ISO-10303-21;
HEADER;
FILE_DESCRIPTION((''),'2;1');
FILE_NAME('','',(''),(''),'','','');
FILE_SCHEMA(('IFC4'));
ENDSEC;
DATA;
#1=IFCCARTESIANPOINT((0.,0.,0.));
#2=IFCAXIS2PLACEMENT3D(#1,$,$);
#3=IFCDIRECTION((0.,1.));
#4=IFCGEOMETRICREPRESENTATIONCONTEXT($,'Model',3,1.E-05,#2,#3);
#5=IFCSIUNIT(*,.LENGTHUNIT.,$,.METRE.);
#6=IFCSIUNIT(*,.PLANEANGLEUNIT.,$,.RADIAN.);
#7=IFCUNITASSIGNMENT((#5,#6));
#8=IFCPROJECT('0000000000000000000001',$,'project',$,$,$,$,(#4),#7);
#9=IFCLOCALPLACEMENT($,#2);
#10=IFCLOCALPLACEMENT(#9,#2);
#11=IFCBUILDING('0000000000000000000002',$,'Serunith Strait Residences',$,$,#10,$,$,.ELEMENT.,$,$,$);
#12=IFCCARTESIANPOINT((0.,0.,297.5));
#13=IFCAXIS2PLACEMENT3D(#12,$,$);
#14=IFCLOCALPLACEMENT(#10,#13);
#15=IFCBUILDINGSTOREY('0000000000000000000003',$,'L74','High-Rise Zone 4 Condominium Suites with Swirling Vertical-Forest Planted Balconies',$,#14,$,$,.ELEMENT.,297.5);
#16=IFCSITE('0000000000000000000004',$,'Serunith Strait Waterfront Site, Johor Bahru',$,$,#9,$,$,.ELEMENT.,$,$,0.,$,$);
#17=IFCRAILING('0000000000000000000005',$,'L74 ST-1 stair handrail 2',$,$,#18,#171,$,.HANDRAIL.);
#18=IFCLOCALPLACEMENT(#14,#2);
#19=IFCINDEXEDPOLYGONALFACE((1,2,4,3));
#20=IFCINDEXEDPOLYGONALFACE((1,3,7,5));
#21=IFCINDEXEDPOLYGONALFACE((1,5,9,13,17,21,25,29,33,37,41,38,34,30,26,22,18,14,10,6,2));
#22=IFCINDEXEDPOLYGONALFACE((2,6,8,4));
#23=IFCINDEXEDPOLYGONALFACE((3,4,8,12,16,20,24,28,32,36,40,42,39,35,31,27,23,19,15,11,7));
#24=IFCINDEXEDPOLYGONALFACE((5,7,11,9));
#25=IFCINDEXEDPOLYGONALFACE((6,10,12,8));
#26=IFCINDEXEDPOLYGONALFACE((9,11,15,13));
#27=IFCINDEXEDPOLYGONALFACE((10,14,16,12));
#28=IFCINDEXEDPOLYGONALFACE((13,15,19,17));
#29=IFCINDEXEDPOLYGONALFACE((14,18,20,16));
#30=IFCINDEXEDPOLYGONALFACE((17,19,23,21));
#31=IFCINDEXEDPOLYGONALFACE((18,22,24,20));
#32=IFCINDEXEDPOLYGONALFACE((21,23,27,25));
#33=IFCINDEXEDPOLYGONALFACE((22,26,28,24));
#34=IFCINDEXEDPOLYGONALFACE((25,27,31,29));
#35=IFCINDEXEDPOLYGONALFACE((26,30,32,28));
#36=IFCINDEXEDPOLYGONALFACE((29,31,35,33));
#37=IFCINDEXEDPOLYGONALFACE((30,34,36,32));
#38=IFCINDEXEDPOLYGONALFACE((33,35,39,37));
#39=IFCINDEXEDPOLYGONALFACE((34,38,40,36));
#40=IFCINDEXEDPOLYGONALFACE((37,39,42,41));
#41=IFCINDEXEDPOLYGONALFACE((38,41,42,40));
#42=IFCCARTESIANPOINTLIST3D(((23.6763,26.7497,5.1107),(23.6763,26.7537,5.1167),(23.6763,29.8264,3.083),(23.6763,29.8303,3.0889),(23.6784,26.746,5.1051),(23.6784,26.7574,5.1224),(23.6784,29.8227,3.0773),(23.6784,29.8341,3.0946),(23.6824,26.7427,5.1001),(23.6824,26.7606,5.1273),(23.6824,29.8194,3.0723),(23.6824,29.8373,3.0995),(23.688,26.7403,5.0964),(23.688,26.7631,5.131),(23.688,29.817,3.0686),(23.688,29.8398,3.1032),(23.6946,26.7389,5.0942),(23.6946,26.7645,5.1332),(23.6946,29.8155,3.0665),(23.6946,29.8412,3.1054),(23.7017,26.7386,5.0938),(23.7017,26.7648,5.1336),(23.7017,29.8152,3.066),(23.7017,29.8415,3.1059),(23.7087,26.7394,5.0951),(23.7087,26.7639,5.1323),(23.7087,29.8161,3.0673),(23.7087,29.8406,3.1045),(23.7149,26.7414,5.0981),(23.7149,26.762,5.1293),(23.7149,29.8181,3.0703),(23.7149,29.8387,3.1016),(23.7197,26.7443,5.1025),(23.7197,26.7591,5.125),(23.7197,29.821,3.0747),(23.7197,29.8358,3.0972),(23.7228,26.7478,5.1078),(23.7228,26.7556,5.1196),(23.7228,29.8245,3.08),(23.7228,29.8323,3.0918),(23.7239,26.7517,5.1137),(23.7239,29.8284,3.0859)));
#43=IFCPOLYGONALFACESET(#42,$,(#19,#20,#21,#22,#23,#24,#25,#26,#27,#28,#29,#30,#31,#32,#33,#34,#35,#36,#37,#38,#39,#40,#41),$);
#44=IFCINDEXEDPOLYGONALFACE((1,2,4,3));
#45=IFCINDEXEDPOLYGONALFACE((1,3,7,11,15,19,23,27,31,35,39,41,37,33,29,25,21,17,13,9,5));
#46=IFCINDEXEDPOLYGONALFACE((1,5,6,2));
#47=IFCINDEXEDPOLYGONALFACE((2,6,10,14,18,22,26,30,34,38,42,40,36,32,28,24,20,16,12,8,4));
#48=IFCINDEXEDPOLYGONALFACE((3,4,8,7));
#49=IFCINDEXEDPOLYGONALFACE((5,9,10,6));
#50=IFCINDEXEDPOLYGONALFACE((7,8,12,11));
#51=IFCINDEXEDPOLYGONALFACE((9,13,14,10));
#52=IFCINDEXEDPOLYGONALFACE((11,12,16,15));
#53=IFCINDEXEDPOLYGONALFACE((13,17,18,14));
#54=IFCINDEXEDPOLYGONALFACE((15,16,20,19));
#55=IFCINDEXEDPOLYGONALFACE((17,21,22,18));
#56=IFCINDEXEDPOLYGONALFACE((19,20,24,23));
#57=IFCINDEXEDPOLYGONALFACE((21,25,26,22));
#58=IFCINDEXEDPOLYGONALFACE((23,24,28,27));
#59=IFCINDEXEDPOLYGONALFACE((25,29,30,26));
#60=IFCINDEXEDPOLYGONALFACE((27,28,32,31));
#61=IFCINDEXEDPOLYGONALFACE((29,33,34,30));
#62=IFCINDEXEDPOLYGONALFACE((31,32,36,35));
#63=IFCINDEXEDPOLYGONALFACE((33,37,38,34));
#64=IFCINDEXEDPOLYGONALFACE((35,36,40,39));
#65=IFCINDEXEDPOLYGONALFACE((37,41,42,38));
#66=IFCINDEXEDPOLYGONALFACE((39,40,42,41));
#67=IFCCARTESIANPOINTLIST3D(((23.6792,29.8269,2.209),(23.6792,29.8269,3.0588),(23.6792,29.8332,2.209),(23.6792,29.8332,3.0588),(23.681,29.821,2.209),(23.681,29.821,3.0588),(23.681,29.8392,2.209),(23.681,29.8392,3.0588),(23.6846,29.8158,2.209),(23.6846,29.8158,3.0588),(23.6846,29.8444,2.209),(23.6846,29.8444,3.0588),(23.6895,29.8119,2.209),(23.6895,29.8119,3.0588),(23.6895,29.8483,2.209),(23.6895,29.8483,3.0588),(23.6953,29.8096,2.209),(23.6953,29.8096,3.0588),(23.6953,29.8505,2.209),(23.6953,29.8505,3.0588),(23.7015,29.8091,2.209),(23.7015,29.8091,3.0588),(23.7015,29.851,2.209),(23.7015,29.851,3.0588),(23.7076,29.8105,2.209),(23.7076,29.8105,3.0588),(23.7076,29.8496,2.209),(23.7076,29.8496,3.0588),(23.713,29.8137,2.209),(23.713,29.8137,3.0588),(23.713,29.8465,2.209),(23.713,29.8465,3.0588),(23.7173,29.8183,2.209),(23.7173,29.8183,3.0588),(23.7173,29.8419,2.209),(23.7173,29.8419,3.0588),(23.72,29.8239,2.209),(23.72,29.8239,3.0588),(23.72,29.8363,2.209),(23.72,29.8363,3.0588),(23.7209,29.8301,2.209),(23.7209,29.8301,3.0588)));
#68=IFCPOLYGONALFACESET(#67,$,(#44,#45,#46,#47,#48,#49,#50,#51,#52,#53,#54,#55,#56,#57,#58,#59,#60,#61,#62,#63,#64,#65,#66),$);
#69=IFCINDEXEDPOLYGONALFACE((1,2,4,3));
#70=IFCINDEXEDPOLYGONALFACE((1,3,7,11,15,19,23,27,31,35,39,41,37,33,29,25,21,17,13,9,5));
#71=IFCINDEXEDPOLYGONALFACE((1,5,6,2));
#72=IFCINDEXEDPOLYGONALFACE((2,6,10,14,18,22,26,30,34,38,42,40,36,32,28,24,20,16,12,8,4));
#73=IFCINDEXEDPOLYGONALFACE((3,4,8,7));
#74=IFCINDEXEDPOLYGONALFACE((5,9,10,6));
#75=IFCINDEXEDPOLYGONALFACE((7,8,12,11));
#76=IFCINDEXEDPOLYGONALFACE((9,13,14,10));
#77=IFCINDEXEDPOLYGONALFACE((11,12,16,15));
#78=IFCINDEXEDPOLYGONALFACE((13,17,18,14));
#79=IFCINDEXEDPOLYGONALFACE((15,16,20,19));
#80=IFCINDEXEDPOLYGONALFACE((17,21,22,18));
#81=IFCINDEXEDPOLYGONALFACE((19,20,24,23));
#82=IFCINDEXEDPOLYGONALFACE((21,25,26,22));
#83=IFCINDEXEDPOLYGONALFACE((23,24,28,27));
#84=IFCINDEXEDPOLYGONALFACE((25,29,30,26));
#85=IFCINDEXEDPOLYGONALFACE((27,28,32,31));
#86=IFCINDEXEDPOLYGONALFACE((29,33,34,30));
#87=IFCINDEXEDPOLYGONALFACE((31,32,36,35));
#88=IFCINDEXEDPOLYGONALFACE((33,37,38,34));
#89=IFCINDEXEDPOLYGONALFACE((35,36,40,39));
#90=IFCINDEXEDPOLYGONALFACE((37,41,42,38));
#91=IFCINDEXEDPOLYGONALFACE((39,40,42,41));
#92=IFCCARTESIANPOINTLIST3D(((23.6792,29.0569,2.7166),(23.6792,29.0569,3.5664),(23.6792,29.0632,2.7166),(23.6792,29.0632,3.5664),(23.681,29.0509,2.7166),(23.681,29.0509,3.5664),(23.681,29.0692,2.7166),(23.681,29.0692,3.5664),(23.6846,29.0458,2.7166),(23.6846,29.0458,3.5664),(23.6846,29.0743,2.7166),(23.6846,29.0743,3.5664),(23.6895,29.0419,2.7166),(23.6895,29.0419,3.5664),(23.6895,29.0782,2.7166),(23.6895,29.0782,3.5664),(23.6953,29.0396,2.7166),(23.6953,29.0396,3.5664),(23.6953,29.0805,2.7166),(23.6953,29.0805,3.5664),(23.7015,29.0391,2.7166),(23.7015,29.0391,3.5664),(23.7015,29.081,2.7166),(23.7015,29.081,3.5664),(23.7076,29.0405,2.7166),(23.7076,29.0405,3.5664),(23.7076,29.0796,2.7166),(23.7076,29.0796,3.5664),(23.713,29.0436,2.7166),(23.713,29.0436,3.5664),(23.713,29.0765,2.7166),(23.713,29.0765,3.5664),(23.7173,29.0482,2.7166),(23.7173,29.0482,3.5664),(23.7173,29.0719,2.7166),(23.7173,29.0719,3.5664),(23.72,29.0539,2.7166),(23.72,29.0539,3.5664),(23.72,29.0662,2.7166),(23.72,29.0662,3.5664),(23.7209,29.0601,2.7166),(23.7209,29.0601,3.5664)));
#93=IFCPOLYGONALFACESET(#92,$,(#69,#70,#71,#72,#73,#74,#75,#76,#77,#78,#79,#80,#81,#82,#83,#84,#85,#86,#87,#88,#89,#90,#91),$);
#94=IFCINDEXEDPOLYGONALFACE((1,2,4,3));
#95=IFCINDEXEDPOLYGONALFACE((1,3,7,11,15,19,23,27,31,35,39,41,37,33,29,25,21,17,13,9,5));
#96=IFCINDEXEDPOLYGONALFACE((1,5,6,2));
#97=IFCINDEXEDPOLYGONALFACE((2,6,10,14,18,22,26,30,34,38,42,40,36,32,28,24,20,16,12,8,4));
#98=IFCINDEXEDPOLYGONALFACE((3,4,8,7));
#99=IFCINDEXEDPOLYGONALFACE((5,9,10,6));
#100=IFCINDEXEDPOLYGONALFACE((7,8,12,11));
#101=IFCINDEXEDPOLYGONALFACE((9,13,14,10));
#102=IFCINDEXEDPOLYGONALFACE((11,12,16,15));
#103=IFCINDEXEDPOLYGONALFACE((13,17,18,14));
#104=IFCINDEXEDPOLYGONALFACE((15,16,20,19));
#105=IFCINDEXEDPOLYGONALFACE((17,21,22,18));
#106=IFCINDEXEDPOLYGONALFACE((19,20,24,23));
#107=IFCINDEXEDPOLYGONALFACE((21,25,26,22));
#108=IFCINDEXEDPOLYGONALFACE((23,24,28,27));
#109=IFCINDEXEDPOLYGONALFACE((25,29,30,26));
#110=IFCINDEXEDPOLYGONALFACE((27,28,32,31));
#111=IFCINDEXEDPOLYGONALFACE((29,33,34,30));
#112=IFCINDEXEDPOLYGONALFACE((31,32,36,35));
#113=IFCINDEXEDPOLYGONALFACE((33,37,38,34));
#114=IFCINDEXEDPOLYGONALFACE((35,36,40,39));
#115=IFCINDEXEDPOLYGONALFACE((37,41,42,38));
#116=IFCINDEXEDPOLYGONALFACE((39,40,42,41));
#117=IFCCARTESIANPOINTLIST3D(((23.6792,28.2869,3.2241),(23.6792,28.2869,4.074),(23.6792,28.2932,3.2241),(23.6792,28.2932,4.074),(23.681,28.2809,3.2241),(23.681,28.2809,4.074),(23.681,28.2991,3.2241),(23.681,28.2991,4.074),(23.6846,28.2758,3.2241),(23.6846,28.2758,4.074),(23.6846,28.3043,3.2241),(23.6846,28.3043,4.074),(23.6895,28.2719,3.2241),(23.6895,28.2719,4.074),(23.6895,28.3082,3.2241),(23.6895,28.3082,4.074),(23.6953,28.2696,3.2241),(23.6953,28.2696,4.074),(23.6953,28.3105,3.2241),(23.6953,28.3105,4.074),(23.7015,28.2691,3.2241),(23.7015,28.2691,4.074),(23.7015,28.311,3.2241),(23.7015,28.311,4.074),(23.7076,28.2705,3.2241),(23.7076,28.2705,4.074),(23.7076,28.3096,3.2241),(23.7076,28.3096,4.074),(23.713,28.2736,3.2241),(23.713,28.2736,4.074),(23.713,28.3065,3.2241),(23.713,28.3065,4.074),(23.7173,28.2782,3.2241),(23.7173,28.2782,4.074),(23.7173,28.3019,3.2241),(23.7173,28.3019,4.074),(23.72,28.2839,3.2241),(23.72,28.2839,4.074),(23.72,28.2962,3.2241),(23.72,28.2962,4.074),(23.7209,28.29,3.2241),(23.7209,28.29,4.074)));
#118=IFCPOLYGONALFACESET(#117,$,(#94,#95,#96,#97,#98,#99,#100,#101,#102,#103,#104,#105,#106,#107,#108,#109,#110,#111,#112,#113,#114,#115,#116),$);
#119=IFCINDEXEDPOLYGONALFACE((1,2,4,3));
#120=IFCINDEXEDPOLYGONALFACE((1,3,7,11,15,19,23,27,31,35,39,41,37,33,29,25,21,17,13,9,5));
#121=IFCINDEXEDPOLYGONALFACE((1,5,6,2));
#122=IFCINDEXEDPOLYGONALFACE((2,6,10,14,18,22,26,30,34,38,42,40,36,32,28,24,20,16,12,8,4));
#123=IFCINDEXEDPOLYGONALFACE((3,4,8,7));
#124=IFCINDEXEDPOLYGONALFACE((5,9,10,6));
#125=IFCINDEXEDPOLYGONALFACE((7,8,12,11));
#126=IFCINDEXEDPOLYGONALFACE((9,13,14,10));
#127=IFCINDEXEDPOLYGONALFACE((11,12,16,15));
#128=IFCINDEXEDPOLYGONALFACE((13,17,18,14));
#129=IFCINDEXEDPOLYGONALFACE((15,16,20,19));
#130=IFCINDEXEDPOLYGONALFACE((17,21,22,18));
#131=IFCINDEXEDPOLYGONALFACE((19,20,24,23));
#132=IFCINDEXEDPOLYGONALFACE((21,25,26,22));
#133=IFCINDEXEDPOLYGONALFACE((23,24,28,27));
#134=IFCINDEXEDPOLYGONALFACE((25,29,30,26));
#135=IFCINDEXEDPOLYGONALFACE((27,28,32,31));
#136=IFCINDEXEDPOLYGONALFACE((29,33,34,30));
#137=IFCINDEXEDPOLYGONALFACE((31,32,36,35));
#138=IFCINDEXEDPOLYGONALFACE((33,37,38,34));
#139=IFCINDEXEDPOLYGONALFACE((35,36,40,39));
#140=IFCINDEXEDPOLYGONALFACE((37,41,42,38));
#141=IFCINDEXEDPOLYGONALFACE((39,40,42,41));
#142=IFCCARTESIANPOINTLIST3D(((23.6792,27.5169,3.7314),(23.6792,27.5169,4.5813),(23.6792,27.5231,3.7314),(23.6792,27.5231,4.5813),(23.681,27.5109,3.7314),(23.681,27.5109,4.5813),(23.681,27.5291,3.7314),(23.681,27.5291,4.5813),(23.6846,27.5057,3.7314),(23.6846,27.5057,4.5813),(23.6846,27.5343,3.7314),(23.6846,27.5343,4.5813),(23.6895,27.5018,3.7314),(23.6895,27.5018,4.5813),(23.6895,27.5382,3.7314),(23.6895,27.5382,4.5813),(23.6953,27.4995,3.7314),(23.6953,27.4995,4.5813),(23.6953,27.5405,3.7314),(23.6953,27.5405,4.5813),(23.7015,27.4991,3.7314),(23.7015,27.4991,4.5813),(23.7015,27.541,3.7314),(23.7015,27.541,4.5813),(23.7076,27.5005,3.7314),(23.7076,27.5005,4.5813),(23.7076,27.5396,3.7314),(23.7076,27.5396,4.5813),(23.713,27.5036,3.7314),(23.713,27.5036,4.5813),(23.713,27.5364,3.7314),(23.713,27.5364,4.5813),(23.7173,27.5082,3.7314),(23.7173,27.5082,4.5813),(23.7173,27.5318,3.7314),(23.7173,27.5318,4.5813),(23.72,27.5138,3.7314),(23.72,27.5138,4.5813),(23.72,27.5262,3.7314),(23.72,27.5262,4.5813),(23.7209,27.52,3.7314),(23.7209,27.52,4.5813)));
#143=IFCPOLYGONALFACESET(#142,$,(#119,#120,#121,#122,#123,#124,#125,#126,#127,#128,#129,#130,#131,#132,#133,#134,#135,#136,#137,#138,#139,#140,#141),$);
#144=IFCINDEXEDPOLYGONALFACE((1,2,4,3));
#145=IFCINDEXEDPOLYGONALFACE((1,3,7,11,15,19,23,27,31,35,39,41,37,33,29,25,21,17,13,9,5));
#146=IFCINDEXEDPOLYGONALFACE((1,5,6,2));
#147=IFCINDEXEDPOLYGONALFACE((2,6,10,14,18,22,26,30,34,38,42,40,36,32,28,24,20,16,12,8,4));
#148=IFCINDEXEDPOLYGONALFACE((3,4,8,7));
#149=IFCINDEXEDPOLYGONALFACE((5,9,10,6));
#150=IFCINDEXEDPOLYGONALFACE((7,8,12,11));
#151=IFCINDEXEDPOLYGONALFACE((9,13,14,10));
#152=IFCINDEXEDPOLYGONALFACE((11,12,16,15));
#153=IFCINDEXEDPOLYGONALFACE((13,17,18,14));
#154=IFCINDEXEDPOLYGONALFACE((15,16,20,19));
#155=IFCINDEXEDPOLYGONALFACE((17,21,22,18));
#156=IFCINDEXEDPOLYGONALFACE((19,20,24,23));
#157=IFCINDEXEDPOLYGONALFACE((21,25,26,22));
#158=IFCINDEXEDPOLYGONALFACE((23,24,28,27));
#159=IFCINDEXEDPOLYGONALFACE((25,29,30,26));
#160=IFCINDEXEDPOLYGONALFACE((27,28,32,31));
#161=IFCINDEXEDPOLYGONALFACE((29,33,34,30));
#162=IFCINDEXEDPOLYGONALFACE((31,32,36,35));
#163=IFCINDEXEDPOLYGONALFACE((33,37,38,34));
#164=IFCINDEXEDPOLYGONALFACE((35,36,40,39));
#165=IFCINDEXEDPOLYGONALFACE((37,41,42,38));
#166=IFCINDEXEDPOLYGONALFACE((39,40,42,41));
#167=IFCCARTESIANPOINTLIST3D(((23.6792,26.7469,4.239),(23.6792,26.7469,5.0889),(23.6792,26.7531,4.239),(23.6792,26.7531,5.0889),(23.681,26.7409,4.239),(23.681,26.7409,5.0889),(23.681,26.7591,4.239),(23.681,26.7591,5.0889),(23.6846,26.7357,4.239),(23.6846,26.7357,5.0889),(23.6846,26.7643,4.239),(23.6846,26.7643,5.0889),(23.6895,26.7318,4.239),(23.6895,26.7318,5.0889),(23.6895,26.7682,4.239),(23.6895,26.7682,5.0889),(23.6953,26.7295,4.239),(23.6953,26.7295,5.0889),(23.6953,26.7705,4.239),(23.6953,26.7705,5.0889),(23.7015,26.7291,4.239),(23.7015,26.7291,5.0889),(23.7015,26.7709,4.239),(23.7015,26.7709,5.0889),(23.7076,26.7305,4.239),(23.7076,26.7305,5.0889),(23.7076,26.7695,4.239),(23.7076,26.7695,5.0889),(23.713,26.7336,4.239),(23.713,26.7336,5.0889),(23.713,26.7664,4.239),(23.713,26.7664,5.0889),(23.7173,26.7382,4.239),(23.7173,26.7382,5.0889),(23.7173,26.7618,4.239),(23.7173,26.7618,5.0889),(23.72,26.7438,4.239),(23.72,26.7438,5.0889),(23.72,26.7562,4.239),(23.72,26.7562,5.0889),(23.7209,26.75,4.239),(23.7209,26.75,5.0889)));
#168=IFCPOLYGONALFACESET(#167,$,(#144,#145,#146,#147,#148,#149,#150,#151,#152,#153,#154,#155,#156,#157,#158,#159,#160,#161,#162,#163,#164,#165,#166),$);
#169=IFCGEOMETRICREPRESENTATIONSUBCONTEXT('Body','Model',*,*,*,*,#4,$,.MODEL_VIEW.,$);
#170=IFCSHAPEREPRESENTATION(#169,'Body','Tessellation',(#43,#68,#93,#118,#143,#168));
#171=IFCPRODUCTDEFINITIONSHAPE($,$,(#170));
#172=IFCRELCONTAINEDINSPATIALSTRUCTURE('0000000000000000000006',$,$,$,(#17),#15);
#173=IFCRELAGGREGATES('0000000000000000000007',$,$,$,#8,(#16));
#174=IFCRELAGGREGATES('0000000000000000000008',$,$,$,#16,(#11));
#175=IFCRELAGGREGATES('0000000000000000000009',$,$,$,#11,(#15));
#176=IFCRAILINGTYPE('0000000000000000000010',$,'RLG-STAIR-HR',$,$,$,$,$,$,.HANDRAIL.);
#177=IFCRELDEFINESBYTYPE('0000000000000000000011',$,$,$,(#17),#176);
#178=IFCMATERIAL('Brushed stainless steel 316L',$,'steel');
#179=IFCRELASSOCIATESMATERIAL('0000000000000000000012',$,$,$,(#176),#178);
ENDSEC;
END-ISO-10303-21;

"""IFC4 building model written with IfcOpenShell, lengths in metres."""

from ifc_helpers import new_model, si_unit, direction, frame, origin, origin_2d, place, context, subcontext, project, spatial, circle, extrude, material, type_object, element, save


model = new_model("IFC4")

# Units and contexts
model_context = context("Model", 3, precision=1e-05, world=origin(), true_north=direction((0.0, 1.0)))
body_context = subcontext(model_context, "Body", "Model", "MODEL_VIEW")
ifc_project = project(units=[si_unit("LENGTHUNIT", "METRE"), si_unit("PLANEANGLEUNIT", "RADIAN")], contexts=[model_context])

# Site, building, storey
site_placement = place(None, origin())
site = spatial("IfcSite", under=ifc_project, at=site_placement, Name="Serunith Strait Waterfront Site, Johor Bahru", CompositionType="ELEMENT", RefElevation=0.0)
building_placement = place(site_placement, origin())
building = spatial("IfcBuilding", under=site, at=building_placement, Name="Serunith Strait Residences", CompositionType="ELEMENT")
storey_placement = place(building_placement, frame((0.0, 0.0, 297.5)))
storey = spatial("IfcBuildingStorey", under=building, at=storey_placement, Name="L74", Description="High-Rise Zone 4 Condominium Suites with Swirling Vertical-Forest Planted Balconies", CompositionType="ELEMENT", Elevation=297.5)

# Railing
ifc_material_1 = material(Name="Brushed stainless steel 316L", Category="steel")
railing_type_1 = type_object("IfcRailingType", Name="RLG-STAIR-HR", PredefinedType="HANDRAIL", material=ifc_material_1)
railing_1_placement = place(storey_placement, frame((23.7, 29.8301, 2.209)))
element("IfcRailing", 1, at=railing_1_placement, inside=storey, type_object=railing_type_1, Name="L74 ST-1 stair handrail 2", PredefinedType="HANDRAIL", context=body_context, shape_type="SweptSolid", body=[
    extrude(circle(Radius=0.0239, at=origin_2d()), frame((0.0, -0.0017, 0.877), z_axis=(0.0, -0.834961, 0.550309), x_axis=(1.0, 0.0, 0.0)), (0.0, 0.0, 1.0), 3.6848),
    extrude(circle(Radius=0.021, at=origin_2d()), origin(), (0.0, 0.0, 1.0), 0.8499),
    extrude(circle(Radius=0.021, at=origin_2d()), frame((0.0, -0.77, 0.5076)), (0.0, 0.0, 1.0), 0.8499),
    extrude(circle(Radius=0.021, at=origin_2d()), frame((0.0, -1.54, 1.0151)), (0.0, 0.0, 1.0), 0.8499),
    extrude(circle(Radius=0.021, at=origin_2d()), frame((0.0, -2.3101, 1.5225)), (0.0, 0.0, 1.0), 0.8499),
    extrude(circle(Radius=0.021, at=origin_2d()), frame((0.0, -3.0801, 2.03)), (0.0, 0.0, 1.0), 0.8499),
])

save(model, "model.ifc")
